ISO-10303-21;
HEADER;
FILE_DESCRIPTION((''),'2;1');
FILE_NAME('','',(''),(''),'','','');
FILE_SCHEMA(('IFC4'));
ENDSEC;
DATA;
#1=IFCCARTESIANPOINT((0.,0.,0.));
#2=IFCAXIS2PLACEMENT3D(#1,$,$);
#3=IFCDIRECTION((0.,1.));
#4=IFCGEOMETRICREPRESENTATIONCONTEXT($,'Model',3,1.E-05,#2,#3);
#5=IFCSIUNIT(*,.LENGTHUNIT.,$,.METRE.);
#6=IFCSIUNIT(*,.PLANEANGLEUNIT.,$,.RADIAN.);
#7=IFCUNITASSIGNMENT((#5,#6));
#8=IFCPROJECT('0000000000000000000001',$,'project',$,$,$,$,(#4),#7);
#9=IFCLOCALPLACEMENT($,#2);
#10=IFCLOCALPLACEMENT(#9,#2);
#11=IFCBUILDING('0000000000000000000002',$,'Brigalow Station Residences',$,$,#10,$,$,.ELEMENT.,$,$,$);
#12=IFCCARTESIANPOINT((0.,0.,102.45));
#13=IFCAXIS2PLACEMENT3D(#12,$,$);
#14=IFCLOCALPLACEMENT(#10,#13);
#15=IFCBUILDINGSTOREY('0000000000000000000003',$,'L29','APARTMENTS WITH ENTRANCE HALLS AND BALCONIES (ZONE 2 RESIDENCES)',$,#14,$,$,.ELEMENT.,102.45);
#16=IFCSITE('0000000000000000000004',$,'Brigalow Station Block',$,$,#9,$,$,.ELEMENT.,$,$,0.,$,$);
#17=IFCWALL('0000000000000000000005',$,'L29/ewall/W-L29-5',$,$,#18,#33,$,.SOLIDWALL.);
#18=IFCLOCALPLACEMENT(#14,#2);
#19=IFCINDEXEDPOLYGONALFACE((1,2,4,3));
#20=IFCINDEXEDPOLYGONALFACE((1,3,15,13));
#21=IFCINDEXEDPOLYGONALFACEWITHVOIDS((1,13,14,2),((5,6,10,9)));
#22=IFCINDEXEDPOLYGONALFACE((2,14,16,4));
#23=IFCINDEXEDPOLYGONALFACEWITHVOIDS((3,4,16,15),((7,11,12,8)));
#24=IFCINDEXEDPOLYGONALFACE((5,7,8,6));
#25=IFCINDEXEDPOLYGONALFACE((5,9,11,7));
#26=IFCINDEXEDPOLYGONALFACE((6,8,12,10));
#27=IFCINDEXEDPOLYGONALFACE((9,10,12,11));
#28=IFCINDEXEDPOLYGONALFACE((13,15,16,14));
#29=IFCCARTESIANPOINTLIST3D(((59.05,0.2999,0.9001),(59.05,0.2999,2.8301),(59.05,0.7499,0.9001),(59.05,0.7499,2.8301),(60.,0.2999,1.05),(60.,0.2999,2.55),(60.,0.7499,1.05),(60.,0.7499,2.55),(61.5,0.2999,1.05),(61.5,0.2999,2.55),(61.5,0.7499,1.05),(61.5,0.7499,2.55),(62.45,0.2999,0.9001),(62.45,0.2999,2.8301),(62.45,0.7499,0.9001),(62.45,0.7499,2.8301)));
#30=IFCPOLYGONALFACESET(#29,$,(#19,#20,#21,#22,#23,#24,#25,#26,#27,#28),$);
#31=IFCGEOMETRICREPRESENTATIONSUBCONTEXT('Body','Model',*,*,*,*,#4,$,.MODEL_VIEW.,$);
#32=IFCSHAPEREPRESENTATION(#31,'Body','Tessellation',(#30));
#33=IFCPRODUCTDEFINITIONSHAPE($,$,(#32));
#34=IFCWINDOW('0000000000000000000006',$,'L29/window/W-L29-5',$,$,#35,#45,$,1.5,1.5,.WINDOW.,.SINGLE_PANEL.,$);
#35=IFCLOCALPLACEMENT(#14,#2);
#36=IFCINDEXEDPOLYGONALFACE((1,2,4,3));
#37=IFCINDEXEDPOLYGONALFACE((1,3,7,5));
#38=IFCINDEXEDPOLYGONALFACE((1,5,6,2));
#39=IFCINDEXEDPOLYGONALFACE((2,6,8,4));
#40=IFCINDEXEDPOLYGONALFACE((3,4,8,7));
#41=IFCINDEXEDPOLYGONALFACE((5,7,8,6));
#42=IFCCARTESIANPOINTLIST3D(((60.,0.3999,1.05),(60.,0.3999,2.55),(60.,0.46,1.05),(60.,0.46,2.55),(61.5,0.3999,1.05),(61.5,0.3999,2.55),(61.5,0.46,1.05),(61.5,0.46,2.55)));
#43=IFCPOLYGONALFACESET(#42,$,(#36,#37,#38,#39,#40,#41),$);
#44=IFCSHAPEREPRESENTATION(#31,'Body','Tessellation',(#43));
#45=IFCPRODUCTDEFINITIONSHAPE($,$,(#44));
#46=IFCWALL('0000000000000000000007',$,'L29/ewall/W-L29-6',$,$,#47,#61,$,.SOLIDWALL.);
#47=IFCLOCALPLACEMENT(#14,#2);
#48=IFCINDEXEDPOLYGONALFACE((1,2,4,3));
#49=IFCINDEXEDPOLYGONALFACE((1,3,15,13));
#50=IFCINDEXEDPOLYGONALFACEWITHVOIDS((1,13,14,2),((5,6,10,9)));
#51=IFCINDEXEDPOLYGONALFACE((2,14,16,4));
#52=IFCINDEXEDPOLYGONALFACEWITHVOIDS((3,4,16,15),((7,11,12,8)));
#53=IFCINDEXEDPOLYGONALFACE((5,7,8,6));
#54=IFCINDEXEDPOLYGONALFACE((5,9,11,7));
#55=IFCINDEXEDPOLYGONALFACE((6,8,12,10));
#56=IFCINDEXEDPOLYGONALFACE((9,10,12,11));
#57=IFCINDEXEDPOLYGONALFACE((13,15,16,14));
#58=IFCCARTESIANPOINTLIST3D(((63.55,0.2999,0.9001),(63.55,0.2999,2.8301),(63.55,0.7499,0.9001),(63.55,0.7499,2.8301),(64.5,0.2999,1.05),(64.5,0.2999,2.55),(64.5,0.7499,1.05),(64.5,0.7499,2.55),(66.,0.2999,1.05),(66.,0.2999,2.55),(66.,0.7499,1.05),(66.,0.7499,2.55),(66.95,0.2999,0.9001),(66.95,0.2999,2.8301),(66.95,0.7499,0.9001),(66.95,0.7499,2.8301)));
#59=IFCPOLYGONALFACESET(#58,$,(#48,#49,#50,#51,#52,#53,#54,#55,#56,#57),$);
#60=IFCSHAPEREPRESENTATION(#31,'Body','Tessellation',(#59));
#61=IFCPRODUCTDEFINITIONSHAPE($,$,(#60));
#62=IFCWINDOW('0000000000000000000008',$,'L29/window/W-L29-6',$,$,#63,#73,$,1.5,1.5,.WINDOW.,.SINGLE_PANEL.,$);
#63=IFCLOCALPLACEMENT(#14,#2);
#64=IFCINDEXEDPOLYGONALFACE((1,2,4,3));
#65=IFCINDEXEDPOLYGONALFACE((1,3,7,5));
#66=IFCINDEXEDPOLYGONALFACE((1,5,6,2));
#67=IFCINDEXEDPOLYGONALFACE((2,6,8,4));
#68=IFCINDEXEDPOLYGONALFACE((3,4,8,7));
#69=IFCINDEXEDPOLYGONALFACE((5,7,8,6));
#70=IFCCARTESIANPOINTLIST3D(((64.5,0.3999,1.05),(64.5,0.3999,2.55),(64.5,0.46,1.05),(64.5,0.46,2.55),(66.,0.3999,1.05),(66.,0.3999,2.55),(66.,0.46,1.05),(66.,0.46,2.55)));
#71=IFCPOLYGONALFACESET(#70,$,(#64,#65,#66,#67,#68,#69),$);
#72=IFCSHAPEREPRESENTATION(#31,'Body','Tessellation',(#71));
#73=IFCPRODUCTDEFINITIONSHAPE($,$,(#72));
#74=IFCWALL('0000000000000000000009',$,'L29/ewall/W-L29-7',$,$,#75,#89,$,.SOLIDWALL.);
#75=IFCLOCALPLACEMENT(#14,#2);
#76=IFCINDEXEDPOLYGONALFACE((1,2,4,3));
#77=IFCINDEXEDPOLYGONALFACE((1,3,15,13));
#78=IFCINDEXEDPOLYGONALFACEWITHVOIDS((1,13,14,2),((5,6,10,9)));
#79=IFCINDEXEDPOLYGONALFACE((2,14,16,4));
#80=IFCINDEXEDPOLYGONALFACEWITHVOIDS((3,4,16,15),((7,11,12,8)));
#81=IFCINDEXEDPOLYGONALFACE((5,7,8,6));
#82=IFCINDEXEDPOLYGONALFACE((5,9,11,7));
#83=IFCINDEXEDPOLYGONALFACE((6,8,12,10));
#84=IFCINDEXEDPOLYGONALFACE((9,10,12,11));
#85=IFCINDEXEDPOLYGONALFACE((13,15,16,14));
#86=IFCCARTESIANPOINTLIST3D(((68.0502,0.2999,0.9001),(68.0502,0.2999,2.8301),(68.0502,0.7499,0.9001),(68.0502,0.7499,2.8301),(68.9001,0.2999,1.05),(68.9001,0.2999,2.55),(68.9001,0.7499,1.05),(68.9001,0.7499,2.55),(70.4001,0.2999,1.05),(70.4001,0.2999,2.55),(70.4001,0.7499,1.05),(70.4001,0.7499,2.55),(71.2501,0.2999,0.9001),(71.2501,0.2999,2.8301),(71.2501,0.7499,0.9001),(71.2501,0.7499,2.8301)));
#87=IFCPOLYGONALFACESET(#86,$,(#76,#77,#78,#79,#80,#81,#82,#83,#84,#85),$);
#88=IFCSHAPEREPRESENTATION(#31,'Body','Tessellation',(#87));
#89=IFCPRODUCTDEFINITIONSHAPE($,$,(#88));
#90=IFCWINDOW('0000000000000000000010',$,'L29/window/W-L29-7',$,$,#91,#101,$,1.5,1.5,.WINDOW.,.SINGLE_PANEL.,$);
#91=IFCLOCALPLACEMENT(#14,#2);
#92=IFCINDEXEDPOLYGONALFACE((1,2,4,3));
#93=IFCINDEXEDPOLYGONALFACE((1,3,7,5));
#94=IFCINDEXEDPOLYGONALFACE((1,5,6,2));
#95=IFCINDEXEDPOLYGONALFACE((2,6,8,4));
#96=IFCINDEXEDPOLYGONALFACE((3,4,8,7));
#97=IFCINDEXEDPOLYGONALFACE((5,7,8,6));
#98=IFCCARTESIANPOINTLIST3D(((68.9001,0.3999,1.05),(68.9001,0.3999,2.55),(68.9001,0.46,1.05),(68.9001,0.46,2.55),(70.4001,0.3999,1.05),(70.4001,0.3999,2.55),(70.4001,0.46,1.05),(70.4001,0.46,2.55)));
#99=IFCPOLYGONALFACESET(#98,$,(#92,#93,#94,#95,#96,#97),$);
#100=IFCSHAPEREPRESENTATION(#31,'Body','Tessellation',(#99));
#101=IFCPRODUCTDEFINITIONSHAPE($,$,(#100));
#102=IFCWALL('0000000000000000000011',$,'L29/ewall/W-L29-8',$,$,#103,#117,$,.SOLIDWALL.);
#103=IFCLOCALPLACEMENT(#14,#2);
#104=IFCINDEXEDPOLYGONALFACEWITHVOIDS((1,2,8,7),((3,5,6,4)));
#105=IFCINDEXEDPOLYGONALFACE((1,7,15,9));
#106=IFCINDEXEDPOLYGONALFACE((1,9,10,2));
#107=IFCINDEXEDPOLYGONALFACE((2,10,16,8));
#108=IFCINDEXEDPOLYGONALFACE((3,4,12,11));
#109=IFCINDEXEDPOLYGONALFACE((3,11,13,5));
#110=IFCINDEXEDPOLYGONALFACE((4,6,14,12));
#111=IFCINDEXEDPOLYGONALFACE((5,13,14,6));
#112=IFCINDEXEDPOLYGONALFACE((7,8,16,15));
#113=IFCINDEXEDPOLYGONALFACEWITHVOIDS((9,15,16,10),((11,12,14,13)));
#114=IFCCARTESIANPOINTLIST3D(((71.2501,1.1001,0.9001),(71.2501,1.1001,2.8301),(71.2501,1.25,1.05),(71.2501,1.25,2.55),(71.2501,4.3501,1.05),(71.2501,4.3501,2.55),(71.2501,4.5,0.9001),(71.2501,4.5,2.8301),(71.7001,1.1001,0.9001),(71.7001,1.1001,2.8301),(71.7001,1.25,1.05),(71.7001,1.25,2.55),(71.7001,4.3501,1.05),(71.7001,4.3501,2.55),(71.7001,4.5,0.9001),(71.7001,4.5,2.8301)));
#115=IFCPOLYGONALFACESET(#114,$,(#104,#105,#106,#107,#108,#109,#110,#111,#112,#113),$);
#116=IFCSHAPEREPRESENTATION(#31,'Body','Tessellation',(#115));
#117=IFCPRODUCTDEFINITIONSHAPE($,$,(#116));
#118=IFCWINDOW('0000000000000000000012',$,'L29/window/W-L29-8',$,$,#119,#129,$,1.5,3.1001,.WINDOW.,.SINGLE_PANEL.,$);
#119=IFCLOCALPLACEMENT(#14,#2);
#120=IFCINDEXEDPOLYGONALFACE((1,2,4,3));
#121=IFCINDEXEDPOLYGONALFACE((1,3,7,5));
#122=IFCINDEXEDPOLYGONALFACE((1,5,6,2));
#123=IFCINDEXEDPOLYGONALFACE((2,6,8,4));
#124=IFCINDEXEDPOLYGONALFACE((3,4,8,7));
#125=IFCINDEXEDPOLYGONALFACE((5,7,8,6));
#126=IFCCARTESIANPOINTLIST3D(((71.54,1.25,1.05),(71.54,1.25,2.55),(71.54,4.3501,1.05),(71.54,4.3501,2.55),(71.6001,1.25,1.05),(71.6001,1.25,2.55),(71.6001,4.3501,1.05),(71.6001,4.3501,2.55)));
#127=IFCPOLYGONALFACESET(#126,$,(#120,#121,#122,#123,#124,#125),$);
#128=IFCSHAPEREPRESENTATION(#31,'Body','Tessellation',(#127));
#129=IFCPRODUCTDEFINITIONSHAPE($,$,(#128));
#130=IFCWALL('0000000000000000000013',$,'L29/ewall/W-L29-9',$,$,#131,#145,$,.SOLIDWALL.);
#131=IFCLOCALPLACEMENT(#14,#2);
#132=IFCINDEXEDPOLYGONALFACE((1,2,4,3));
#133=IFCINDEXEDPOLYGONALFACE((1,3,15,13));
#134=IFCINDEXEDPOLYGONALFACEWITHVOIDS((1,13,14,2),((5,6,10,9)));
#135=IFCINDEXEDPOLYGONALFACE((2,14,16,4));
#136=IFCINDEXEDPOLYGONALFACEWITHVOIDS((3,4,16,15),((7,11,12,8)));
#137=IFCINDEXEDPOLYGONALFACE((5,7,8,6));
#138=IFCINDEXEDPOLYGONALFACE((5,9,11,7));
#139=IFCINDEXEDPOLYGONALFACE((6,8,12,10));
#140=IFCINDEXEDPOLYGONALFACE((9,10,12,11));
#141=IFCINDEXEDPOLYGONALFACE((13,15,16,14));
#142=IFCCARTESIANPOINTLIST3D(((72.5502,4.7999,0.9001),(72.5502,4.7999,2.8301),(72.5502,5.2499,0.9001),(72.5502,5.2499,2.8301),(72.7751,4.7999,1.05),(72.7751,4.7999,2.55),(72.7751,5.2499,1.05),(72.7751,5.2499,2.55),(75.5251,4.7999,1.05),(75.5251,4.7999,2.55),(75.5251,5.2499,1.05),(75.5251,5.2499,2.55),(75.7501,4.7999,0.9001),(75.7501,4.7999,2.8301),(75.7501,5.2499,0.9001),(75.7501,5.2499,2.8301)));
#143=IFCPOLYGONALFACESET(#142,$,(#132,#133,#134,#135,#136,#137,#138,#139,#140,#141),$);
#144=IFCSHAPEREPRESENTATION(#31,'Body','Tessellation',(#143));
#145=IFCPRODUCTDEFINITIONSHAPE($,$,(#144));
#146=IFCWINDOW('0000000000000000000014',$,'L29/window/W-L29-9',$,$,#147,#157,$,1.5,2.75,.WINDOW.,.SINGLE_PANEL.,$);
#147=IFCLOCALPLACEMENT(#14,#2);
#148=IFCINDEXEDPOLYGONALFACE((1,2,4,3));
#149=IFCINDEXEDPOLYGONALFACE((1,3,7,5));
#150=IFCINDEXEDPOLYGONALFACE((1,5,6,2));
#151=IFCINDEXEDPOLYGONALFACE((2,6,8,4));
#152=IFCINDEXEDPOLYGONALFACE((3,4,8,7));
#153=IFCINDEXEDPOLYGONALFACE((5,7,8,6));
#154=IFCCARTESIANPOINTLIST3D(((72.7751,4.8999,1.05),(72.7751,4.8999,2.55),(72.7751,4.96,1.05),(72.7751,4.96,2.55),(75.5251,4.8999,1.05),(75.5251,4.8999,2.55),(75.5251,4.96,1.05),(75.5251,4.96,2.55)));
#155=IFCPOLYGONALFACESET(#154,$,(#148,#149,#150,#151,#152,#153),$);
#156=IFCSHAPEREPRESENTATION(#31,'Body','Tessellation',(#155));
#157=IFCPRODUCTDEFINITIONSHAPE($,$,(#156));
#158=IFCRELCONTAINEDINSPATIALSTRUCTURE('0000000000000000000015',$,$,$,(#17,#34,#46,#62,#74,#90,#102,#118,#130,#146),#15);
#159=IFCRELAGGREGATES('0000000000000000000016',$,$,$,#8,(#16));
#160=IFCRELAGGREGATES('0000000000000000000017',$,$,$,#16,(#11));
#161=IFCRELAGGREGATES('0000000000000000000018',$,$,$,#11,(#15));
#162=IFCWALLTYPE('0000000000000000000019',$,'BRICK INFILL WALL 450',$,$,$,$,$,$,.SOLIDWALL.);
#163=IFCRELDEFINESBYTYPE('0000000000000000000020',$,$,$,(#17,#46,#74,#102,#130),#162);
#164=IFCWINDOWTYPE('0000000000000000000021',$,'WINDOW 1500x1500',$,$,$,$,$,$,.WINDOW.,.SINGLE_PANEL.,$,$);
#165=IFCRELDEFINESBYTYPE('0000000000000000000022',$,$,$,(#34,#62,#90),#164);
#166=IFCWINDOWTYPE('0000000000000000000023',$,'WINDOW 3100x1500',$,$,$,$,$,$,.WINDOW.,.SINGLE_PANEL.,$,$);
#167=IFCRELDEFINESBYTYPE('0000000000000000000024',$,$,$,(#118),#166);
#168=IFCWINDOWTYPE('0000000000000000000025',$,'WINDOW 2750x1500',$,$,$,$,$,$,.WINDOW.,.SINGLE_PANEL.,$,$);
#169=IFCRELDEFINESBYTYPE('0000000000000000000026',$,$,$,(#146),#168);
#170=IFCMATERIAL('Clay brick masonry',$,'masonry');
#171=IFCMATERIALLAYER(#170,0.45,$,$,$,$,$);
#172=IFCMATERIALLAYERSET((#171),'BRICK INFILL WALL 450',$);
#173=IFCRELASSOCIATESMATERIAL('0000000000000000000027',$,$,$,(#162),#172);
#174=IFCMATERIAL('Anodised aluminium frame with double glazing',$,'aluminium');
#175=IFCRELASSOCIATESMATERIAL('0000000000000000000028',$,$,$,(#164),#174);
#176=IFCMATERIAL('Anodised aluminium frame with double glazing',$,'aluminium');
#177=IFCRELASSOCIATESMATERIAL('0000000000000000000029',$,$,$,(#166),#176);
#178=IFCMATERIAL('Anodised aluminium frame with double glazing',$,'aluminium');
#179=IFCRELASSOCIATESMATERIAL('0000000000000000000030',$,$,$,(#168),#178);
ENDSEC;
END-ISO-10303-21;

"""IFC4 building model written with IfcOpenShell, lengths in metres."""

from ifc_helpers import new_model, si_unit, direction, frame, frame_2d, origin, place, context, subcontext, project, spatial, rectangle, extrude, material, layer, layer_set, type_object, element, fill, save


model = new_model("IFC4")

# Units and contexts
model_context = context("Model", 3, precision=1e-05, world=origin(), true_north=direction((0.0, 1.0)))
body_context = subcontext(model_context, "Body", "Model", "MODEL_VIEW")
ifc_project = project(units=[si_unit("LENGTHUNIT", "METRE"), si_unit("PLANEANGLEUNIT", "RADIAN")], contexts=[model_context])

# Site, building, storey
site_placement = place(None, origin())
site = spatial("IfcSite", under=ifc_project, at=site_placement, Name="Brigalow Station Block", CompositionType="ELEMENT", RefElevation=0.0)
building_placement = place(site_placement, origin())
building = spatial("IfcBuilding", under=site, at=building_placement, Name="Brigalow Station Residences", CompositionType="ELEMENT")
storey_placement = place(building_placement, frame((0.0, 0.0, 102.45)))
storey = spatial("IfcBuildingStorey", under=building, at=storey_placement, Name="L29", Description="APARTMENTS WITH ENTRANCE HALLS AND BALCONIES (ZONE 2 RESIDENCES)", CompositionType="ELEMENT", Elevation=102.45)

# Walls, openings, windows
ifc_material_1 = material(Name="Clay brick masonry", Category="masonry")
ifc_layer_1 = layer(ifc_material_1, 0.45)
ifc_layer_set_1 = layer_set([ifc_layer_1], Name="BRICK INFILL WALL 450")
wall_type_1 = type_object("IfcWallType", Name="BRICK INFILL WALL 450", PredefinedType="SOLIDWALL", material=ifc_layer_set_1)
wall_1_placement = place(storey_placement, frame((59.05, 0.5249, 0.9001), z_axis=(0.0, 0.0, 1.0), x_axis=(1.0, 0.0, 0.0)))
wall_1 = element("IfcWall", 1, at=wall_1_placement, inside=storey, type_object=wall_type_1, Name="L29/ewall/W-L29-5", PredefinedType="SOLIDWALL", context=body_context, shape_type="SweptSolid", body=[
    extrude(rectangle(XDim=3.3999, YDim=0.45, at=frame_2d((1.7, 0.0))), origin(), (0.0, 0.0, 1.0), 1.9299),
])
opening_1_placement = place(wall_1_placement, frame((0.95, 0.0, 0.1499)))
opening_1 = element("IfcOpeningElement", 2, at=opening_1_placement, cuts=wall_1, PredefinedType="OPENING", context=body_context, shape_type="SweptSolid", body=[
    extrude(rectangle(XDim=1.5, YDim=1.5, at=frame_2d((0.75, 0.75))), frame((0.0, 0.2349, 0.0), z_axis=(0.0, -1.0, 0.0), x_axis=(1.0, 0.0, 0.0)), (0.0, 0.0, 1.0), 0.47),
])
ifc_material_2 = material(Name="Anodised aluminium frame with double glazing", Category="aluminium")
window_type_1 = type_object("IfcWindowType", Name="WINDOW 1500x1500", PartitioningType="SINGLE_PANEL", PredefinedType="WINDOW", material=ifc_material_2)
window_1_placement = place(opening_1_placement, origin())
window_1 = element("IfcWindow", 3, at=window_1_placement, inside=storey, type_object=window_type_1, Name="L29/window/W-L29-5", OverallHeight=1.5, OverallWidth=1.5, PartitioningType="SINGLE_PANEL", PredefinedType="WINDOW", context=body_context, shape_type="SweptSolid", body=[
    extrude(rectangle(XDim=1.5, YDim=1.5, at=frame_2d((0.75, 0.75))), frame((0.0, -0.0649, 0.0), z_axis=(0.0, -1.0, 0.0), x_axis=(1.0, 0.0, 0.0)), (0.0, 0.0, 1.0), 0.0601),
])
fill(opening_1, window_1)
wall_2_placement = place(storey_placement, frame((63.55, 0.5249, 0.9001), z_axis=(0.0, 0.0, 1.0), x_axis=(1.0, 0.0, 0.0)))
wall_2 = element("IfcWall", 4, at=wall_2_placement, inside=storey, type_object=wall_type_1, Name="L29/ewall/W-L29-6", PredefinedType="SOLIDWALL", context=body_context, shape_type="SweptSolid", body=[
    extrude(rectangle(XDim=3.3999, YDim=0.45, at=frame_2d((1.7, 0.0))), origin(), (0.0, 0.0, 1.0), 1.9299),
])
opening_2_placement = place(wall_2_placement, frame((0.95, 0.0, 0.1499)))
opening_2 = element("IfcOpeningElement", 5, at=opening_2_placement, cuts=wall_2, PredefinedType="OPENING", context=body_context, shape_type="SweptSolid", body=[
    extrude(rectangle(XDim=1.5, YDim=1.5, at=frame_2d((0.75, 0.75))), frame((0.0, 0.2349, 0.0), z_axis=(0.0, -1.0, 0.0), x_axis=(1.0, 0.0, 0.0)), (0.0, 0.0, 1.0), 0.47),
])
window_2_placement = place(opening_2_placement, origin())
window_2 = element("IfcWindow", 6, at=window_2_placement, inside=storey, type_object=window_type_1, Name="L29/window/W-L29-6", OverallHeight=1.5, OverallWidth=1.5, PartitioningType="SINGLE_PANEL", PredefinedType="WINDOW", context=body_context, shape_type="SweptSolid", body=[
    extrude(rectangle(XDim=1.5, YDim=1.5, at=frame_2d((0.75, 0.75))), frame((0.0, -0.0649, 0.0), z_axis=(0.0, -1.0, 0.0), x_axis=(1.0, 0.0, 0.0)), (0.0, 0.0, 1.0), 0.0601),
])
fill(opening_2, window_2)
wall_3_placement = place(storey_placement, frame((68.05, 0.5249, 0.9001), z_axis=(0.0, 0.0, 1.0), x_axis=(1.0, 0.0, 0.0)))
wall_3 = element("IfcWall", 7, at=wall_3_placement, inside=storey, type_object=wall_type_1, Name="L29/ewall/W-L29-7", PredefinedType="SOLIDWALL", context=body_context, shape_type="SweptSolid", body=[
    extrude(rectangle(XDim=3.2, YDim=0.45, at=frame_2d((1.6001, 0.0))), origin(), (0.0, 0.0, 1.0), 1.9299),
])
opening_3_placement = place(wall_3_placement, frame((0.8501, 0.0, 0.1499)))
opening_3 = element("IfcOpeningElement", 8, at=opening_3_placement, cuts=wall_3, PredefinedType="OPENING", context=body_context, shape_type="SweptSolid", body=[
    extrude(rectangle(XDim=1.5, YDim=1.5, at=frame_2d((0.75, 0.75))), frame((0.0, 0.2349, 0.0), z_axis=(0.0, -1.0, 0.0), x_axis=(1.0, 0.0, 0.0)), (0.0, 0.0, 1.0), 0.47),
])
window_3_placement = place(opening_3_placement, origin())
window_3 = element("IfcWindow", 9, at=window_3_placement, inside=storey, type_object=window_type_1, Name="L29/window/W-L29-7", OverallHeight=1.5, OverallWidth=1.5, PartitioningType="SINGLE_PANEL", PredefinedType="WINDOW", context=body_context, shape_type="SweptSolid", body=[
    extrude(rectangle(XDim=1.5, YDim=1.5, at=frame_2d((0.75, 0.75))), frame((0.0, -0.0649, 0.0), z_axis=(0.0, -1.0, 0.0), x_axis=(1.0, 0.0, 0.0)), (0.0, 0.0, 1.0), 0.0601),
])
fill(opening_3, window_3)
wall_4_placement = place(storey_placement, frame((71.4751, 1.1001, 0.9001), z_axis=(0.0, 0.0, 1.0), x_axis=(0.0, 1.0, 0.0)))
wall_4 = element("IfcWall", 10, at=wall_4_placement, inside=storey, type_object=wall_type_1, Name="L29/ewall/W-L29-8", PredefinedType="SOLIDWALL", context=body_context, shape_type="SweptSolid", body=[
    extrude(rectangle(XDim=3.3999, YDim=0.45, at=frame_2d((1.7, 0.0))), origin(), (0.0, 0.0, 1.0), 1.9299),
])
opening_4_placement = place(wall_4_placement, frame((0.1499, 0.0, 0.1499)))
opening_4 = element("IfcOpeningElement", 11, at=opening_4_placement, cuts=wall_4, PredefinedType="OPENING", context=body_context, shape_type="SweptSolid", body=[
    extrude(rectangle(XDim=3.1001, YDim=1.5, at=frame_2d((1.55, 0.75))), frame((0.0, 0.2349, 0.0), z_axis=(0.0, -1.0, 0.0), x_axis=(1.0, 0.0, 0.0)), (0.0, 0.0, 1.0), 0.47),
])
ifc_material_3 = material(Name="Anodised aluminium frame with double glazing", Category="aluminium")
window_type_2 = type_object("IfcWindowType", Name="WINDOW 3100x1500", PartitioningType="SINGLE_PANEL", PredefinedType="WINDOW", material=ifc_material_3)
window_4_placement = place(opening_4_placement, origin())
window_4 = element("IfcWindow", 12, at=window_4_placement, inside=storey, type_object=window_type_2, Name="L29/window/W-L29-8", OverallHeight=1.5, OverallWidth=3.1001, PartitioningType="SINGLE_PANEL", PredefinedType="WINDOW", context=body_context, shape_type="SweptSolid", body=[
    extrude(rectangle(XDim=3.1001, YDim=1.5, at=frame_2d((1.55, 0.75))), frame((0.0, -0.0649, 0.0), z_axis=(0.0, -1.0, 0.0), x_axis=(1.0, 0.0, 0.0)), (0.0, 0.0, 1.0), 0.0601),
])
fill(opening_4, window_4)
wall_5_placement = place(storey_placement, frame((72.55, 5.0249, 0.9001), z_axis=(0.0, 0.0, 1.0), x_axis=(1.0, 0.0, 0.0)))
wall_5 = element("IfcWall", 13, at=wall_5_placement, inside=storey, type_object=wall_type_1, Name="L29/ewall/W-L29-9", PredefinedType="SOLIDWALL", context=body_context, shape_type="SweptSolid", body=[
    extrude(rectangle(XDim=3.2, YDim=0.45, at=frame_2d((1.6001, 0.0))), origin(), (0.0, 0.0, 1.0), 1.9299),
])
opening_5_placement = place(wall_5_placement, frame((0.2251, 0.0, 0.1499)))
opening_5 = element("IfcOpeningElement", 14, at=opening_5_placement, cuts=wall_5, PredefinedType="OPENING", context=body_context, shape_type="SweptSolid", body=[
    extrude(rectangle(XDim=2.75, YDim=1.5, at=frame_2d((1.375, 0.75))), frame((0.0, 0.2349, 0.0), z_axis=(0.0, -1.0, 0.0), x_axis=(1.0, 0.0, 0.0)), (0.0, 0.0, 1.0), 0.47),
])
ifc_material_4 = material(Name="Anodised aluminium frame with double glazing", Category="aluminium")
window_type_3 = type_object("IfcWindowType", Name="WINDOW 2750x1500", PartitioningType="SINGLE_PANEL", PredefinedType="WINDOW", material=ifc_material_4)
window_5_placement = place(opening_5_placement, origin())
window_5 = element("IfcWindow", 15, at=window_5_placement, inside=storey, type_object=window_type_3, Name="L29/window/W-L29-9", OverallHeight=1.5, OverallWidth=2.75, PartitioningType="SINGLE_PANEL", PredefinedType="WINDOW", context=body_context, shape_type="SweptSolid", body=[
    extrude(rectangle(XDim=2.75, YDim=1.5, at=frame_2d((1.375, 0.75))), frame((0.0, -0.0649, 0.0), z_axis=(0.0, -1.0, 0.0), x_axis=(1.0, 0.0, 0.0)), (0.0, 0.0, 1.0), 0.0601),
])
fill(opening_5, window_5)

save(model, "model.ifc")
